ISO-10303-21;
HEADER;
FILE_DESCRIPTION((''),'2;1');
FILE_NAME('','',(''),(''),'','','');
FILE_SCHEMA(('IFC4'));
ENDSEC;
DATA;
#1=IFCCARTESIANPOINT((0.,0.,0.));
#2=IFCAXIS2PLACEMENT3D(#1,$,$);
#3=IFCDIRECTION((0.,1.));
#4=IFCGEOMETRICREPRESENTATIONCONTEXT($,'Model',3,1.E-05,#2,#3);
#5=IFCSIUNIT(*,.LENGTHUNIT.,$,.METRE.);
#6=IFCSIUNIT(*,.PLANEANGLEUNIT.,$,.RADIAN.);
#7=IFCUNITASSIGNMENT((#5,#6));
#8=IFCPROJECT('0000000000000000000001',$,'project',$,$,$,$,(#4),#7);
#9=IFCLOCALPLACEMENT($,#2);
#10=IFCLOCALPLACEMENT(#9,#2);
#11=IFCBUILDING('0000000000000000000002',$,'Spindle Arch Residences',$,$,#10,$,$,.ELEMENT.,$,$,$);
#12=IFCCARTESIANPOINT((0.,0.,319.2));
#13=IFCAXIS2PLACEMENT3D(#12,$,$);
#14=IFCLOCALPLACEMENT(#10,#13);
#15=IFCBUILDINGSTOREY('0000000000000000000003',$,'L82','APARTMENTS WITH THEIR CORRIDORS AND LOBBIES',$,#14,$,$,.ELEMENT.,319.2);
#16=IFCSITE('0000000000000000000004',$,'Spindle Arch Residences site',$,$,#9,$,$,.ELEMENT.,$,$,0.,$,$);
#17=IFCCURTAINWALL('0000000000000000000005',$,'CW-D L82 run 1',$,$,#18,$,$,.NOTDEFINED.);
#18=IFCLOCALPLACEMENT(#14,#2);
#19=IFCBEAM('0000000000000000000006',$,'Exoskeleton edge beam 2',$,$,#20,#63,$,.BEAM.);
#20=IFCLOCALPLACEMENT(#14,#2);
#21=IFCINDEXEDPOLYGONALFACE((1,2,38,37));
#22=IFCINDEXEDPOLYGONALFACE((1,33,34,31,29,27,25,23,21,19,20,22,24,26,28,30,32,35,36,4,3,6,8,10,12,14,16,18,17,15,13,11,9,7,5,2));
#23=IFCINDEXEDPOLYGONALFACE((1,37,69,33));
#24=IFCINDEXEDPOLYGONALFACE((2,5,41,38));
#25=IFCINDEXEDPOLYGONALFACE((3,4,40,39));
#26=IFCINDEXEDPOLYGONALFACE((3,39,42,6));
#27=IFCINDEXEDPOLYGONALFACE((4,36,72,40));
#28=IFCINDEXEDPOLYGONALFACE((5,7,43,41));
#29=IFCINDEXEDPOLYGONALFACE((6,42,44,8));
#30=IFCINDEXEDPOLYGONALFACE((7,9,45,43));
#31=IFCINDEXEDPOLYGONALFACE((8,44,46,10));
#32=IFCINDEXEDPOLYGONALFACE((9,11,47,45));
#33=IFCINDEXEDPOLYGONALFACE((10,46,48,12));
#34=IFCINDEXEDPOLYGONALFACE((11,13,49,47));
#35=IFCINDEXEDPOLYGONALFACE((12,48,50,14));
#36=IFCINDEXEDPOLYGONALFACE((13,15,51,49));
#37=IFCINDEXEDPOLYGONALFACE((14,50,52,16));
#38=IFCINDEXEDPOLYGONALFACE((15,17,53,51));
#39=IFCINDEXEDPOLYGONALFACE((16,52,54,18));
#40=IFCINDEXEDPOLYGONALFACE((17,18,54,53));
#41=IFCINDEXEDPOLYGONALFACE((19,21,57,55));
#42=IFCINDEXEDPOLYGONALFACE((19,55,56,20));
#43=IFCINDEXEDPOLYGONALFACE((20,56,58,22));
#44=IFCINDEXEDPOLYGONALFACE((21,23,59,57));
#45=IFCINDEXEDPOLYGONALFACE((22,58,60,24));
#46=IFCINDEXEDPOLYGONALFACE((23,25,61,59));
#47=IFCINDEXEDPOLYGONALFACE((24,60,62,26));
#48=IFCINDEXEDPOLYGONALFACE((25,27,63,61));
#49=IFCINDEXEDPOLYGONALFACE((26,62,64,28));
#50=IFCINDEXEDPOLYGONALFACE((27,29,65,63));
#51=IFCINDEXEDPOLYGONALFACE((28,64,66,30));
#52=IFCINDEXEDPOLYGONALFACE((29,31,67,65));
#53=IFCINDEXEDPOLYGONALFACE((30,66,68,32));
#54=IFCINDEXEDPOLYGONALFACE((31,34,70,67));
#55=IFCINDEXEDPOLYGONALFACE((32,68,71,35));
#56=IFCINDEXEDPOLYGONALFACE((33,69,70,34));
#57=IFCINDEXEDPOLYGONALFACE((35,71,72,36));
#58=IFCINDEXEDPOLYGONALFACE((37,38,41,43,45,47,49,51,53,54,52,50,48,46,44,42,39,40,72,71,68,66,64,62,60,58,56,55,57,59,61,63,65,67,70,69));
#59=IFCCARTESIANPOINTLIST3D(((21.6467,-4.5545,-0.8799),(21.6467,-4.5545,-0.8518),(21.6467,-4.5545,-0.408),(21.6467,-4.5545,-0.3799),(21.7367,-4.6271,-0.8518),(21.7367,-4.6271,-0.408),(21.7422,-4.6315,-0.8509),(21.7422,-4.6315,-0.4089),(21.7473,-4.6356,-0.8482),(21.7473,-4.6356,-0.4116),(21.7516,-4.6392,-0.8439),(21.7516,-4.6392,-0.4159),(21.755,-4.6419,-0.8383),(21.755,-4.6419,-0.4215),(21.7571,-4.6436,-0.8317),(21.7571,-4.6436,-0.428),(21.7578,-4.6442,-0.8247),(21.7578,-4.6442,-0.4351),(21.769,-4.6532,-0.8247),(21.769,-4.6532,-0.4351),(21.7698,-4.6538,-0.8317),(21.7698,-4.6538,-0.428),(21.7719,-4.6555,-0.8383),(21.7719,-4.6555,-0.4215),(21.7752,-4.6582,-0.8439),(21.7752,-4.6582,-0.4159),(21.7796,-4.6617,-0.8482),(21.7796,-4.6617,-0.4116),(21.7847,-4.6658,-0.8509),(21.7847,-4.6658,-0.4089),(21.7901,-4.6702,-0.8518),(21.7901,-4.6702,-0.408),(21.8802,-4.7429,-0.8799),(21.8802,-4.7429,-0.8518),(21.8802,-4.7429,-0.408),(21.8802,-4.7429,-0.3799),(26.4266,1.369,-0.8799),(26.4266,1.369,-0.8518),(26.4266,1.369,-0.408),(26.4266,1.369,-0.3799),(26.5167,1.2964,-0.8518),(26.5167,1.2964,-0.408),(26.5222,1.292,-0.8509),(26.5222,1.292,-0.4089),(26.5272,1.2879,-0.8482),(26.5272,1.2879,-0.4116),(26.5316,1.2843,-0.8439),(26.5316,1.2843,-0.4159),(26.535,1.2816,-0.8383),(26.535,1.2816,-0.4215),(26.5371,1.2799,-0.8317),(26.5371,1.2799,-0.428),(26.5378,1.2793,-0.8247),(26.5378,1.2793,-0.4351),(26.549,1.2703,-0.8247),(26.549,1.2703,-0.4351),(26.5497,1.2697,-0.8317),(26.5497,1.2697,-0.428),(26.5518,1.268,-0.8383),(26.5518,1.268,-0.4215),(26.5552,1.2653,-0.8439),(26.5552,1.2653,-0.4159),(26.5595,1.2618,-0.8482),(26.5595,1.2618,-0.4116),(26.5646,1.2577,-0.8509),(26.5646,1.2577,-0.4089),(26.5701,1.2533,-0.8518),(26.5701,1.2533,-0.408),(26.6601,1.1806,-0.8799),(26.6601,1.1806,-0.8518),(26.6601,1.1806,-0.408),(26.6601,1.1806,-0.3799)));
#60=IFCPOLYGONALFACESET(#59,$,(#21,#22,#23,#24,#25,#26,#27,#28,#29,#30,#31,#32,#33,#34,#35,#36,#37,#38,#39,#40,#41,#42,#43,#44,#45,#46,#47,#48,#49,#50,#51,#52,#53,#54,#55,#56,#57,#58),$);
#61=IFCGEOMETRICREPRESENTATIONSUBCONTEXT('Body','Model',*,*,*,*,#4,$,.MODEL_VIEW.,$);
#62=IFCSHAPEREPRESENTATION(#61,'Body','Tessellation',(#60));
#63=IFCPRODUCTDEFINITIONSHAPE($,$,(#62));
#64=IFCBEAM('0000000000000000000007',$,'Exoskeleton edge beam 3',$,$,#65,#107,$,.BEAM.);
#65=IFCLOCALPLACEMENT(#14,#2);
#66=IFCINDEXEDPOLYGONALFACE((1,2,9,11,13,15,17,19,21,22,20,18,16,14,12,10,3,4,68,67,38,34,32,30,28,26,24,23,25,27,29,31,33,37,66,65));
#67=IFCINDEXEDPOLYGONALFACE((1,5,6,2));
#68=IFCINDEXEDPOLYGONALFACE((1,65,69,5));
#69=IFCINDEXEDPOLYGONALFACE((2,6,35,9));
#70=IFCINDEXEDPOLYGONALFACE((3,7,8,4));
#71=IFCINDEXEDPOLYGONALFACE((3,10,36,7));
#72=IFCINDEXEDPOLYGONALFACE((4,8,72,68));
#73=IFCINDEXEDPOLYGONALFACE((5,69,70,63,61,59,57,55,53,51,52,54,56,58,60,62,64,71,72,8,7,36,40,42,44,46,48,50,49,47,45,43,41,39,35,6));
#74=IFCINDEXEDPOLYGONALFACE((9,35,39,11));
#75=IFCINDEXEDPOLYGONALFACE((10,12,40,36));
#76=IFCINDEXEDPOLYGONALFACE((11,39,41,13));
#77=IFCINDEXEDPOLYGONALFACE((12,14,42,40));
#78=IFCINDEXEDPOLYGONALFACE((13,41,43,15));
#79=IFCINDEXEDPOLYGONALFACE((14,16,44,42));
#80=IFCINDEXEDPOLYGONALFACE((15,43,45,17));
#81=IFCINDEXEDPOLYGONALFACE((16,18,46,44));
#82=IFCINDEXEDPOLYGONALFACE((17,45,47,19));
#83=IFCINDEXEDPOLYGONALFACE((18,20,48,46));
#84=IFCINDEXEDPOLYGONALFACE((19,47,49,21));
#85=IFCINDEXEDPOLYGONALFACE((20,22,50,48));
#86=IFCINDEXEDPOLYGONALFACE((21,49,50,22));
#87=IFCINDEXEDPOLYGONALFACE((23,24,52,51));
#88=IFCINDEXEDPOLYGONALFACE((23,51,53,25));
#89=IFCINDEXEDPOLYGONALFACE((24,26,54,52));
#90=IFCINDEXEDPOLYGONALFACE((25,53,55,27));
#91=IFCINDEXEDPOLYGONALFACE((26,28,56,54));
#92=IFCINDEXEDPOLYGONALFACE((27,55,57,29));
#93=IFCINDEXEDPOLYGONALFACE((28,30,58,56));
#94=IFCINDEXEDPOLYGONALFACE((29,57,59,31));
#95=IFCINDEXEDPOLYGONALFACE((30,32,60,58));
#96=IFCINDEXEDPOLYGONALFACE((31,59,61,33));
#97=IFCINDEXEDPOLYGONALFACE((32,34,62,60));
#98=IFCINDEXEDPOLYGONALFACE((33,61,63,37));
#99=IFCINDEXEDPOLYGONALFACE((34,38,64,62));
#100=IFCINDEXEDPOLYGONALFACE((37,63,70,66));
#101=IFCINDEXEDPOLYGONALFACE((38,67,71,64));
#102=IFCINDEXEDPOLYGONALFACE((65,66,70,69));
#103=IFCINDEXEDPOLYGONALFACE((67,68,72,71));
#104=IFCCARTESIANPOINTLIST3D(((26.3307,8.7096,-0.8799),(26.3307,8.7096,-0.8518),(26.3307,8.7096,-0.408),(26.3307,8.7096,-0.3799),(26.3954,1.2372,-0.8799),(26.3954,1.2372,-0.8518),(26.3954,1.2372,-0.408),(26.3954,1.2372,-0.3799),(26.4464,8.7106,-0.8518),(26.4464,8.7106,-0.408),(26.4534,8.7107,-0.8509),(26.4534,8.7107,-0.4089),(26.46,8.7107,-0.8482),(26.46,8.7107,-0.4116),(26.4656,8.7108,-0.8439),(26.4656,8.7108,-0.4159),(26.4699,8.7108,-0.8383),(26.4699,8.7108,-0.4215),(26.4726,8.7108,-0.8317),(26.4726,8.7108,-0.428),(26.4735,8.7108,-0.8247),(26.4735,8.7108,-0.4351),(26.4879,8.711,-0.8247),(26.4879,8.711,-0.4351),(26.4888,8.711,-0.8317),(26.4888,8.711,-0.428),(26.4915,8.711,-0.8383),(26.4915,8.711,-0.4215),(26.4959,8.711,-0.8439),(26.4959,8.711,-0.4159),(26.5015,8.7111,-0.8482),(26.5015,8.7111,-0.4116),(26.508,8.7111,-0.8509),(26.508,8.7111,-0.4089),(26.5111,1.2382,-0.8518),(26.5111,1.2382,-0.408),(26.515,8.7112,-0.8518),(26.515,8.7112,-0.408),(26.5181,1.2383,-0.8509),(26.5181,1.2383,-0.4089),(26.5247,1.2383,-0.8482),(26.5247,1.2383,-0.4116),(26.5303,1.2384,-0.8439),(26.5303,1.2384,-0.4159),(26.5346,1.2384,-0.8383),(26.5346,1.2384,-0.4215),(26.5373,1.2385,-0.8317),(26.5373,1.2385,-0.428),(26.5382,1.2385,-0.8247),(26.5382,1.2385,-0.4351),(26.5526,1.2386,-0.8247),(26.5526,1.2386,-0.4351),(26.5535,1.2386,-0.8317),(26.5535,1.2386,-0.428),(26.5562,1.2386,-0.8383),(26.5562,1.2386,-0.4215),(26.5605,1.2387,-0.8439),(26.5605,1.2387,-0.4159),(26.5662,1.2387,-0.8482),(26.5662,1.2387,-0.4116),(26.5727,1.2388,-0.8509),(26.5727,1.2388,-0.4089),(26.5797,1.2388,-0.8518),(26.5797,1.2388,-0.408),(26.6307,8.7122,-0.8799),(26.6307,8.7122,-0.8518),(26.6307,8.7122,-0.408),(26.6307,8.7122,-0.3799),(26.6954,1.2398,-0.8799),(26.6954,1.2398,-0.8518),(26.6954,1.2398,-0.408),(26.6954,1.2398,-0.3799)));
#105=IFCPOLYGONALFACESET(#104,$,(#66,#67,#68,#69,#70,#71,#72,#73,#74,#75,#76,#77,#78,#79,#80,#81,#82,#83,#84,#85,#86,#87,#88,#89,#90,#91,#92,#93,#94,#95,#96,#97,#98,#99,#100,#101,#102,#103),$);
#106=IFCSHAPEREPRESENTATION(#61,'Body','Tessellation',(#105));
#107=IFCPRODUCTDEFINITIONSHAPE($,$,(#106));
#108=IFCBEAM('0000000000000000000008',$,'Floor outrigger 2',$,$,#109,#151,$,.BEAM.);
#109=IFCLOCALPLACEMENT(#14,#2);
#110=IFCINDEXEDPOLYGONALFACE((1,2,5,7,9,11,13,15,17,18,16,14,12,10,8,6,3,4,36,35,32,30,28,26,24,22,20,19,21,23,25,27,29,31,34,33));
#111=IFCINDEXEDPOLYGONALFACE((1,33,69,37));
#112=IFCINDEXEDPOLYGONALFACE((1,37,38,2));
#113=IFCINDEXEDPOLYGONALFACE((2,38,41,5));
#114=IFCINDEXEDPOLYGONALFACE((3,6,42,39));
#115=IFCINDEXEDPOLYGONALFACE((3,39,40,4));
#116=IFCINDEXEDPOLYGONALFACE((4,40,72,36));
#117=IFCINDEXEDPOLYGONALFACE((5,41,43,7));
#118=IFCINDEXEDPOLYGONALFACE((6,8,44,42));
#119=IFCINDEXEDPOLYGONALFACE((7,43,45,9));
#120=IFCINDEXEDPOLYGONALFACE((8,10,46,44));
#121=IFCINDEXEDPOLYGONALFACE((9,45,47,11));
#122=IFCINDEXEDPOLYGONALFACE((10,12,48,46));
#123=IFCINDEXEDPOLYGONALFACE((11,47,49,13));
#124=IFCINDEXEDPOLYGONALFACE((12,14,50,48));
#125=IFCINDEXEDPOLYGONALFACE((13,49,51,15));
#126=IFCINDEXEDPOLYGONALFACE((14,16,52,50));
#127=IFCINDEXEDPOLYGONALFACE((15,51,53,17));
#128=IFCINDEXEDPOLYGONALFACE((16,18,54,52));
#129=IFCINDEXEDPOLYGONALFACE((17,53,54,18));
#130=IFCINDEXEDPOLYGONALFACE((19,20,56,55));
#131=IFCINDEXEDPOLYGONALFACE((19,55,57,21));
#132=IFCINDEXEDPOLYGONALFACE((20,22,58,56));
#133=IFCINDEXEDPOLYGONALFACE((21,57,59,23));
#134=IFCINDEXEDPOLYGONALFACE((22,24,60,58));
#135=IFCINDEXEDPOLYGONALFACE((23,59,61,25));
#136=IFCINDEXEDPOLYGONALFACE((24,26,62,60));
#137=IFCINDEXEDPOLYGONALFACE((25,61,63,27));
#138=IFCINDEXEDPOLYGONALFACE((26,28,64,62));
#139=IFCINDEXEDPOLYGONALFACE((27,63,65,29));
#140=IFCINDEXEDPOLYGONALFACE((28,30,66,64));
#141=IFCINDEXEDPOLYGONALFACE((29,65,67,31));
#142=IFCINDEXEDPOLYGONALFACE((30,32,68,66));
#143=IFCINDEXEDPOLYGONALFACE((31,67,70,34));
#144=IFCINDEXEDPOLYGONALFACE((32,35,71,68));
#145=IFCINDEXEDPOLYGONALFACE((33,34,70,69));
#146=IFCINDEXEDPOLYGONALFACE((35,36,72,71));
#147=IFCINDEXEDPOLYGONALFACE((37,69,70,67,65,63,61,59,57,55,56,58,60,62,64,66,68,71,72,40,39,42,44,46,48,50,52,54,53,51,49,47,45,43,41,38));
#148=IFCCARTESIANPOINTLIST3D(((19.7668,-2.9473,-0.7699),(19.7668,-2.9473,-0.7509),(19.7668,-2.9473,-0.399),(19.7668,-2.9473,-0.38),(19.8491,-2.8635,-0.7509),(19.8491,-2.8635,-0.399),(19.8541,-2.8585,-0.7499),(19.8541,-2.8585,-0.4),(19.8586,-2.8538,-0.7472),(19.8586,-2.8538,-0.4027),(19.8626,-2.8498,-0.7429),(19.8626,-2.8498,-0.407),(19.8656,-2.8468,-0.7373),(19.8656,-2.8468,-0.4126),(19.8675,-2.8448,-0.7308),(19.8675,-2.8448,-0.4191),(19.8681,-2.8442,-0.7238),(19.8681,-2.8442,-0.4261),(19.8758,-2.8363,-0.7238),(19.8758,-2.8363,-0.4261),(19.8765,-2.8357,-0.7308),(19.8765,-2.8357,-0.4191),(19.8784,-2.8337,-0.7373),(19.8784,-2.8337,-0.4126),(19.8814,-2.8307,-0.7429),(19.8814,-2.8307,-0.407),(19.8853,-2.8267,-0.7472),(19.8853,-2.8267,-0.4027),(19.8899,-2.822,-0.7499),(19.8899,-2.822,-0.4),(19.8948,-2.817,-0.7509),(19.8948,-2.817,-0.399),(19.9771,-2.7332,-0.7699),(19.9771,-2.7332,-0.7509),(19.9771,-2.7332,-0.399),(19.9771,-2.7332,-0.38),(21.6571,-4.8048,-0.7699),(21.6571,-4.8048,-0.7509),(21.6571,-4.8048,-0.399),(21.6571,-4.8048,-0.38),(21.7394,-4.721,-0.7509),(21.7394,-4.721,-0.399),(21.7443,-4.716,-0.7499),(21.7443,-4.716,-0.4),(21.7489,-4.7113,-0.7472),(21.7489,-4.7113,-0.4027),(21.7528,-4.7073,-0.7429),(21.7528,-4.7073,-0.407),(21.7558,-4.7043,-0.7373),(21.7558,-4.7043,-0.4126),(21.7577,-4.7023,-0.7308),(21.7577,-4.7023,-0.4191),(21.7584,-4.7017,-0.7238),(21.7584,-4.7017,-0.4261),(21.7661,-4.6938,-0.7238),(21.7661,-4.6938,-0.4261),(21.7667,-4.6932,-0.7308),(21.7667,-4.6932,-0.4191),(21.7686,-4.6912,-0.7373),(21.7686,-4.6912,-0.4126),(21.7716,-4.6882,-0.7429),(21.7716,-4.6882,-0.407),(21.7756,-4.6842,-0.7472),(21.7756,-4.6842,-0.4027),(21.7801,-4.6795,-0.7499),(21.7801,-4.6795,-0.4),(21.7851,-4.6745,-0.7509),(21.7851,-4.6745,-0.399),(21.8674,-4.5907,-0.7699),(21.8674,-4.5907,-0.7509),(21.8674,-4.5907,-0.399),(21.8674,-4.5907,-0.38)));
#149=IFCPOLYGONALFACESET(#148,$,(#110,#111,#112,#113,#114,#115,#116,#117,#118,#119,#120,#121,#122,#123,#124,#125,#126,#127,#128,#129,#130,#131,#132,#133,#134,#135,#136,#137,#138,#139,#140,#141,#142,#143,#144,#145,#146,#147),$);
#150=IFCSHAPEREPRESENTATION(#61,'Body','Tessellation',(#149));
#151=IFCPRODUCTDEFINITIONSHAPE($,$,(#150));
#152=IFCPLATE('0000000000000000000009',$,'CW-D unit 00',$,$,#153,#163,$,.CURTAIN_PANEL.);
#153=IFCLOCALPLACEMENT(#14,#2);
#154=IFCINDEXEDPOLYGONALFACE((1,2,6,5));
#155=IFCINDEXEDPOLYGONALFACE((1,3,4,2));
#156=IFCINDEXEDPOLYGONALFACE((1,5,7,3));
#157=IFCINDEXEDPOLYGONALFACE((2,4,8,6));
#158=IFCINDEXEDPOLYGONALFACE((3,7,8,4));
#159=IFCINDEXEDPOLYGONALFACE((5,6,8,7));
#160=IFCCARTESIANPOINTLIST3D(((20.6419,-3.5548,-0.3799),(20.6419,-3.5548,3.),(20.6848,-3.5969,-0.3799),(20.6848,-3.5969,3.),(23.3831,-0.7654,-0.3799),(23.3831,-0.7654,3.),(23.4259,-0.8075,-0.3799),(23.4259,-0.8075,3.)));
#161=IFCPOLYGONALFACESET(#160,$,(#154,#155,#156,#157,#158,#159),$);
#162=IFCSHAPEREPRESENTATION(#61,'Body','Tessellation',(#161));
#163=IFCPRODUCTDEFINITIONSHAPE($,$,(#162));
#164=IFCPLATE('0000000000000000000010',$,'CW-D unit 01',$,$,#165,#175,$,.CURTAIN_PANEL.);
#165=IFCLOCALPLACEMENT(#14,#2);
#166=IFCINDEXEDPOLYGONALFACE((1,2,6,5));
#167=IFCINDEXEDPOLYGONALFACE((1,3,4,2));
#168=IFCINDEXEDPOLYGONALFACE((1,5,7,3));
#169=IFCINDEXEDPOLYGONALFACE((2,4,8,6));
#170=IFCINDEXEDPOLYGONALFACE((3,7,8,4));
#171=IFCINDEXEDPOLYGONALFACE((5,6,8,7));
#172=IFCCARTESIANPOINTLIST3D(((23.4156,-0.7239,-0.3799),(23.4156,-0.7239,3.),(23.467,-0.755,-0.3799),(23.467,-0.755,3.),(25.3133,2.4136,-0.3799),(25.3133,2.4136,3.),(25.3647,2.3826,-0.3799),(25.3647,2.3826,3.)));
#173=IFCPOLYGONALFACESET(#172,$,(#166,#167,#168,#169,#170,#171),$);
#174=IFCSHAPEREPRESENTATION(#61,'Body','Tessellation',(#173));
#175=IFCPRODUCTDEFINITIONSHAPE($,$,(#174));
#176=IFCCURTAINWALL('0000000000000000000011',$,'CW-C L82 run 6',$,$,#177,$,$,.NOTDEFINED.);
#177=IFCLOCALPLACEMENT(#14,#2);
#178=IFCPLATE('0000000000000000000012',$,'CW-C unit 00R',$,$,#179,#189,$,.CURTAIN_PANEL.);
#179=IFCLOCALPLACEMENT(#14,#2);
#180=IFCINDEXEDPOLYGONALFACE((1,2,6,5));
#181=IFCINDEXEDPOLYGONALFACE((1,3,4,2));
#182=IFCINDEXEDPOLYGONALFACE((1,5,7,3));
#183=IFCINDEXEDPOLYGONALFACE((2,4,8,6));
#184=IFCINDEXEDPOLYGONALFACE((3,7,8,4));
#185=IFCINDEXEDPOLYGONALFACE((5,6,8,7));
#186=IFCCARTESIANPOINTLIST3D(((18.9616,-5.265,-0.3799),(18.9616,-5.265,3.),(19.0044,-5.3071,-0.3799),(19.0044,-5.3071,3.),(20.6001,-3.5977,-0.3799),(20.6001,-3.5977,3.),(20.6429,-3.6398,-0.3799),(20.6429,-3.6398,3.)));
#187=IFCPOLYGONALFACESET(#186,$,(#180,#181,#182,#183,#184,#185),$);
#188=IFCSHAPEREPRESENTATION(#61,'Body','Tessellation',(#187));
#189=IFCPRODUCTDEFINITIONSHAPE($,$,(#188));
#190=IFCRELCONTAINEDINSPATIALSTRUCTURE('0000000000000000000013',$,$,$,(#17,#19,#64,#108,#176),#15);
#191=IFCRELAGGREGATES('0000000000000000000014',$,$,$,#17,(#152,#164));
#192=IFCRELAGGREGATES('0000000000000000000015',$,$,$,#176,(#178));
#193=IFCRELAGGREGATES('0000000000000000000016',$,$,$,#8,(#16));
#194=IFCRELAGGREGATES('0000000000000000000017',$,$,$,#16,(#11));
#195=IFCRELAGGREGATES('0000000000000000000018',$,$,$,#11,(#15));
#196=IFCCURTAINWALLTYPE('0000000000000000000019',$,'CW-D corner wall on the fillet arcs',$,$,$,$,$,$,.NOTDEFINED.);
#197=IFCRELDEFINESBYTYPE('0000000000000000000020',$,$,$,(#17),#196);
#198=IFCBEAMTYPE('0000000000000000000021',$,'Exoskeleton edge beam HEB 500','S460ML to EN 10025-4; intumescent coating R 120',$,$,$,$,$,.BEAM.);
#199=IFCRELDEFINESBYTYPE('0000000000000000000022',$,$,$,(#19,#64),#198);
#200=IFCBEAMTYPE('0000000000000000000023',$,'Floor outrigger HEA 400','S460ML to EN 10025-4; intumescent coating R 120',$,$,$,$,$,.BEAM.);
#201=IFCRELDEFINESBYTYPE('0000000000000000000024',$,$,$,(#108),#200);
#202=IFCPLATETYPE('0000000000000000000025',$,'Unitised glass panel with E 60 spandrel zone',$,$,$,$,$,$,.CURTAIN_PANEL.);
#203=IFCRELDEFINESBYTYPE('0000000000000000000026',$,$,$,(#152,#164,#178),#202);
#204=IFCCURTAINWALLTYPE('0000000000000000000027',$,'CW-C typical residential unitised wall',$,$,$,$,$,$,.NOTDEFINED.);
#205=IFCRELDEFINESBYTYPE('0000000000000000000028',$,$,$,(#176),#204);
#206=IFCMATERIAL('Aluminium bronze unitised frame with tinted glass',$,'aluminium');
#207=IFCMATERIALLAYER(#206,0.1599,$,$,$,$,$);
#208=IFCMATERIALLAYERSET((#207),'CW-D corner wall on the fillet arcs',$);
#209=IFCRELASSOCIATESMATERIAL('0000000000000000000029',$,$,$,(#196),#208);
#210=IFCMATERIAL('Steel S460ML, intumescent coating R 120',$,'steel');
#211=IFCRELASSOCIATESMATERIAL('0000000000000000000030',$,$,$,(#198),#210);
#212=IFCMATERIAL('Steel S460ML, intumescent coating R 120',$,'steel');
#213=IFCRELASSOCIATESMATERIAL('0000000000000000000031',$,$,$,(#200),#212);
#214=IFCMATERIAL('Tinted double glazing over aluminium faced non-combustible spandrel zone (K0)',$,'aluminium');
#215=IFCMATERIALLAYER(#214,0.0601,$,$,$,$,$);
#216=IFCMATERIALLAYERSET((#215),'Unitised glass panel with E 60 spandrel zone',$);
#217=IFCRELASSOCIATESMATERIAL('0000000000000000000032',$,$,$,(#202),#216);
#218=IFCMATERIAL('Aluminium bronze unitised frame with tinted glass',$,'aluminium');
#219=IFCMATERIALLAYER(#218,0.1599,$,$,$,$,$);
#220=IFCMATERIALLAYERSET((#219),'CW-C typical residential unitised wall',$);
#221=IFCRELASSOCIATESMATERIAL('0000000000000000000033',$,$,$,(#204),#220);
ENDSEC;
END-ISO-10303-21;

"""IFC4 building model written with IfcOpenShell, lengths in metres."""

from ifc_helpers import new_model, si_unit, direction, frame, origin, origin_2d, place, context, subcontext, project, spatial, rectangle, i_section, extrude, material, layer, layer_set, material_profile, profile_set, type_object, element, aggregate, save


model = new_model("IFC4")

# Units and contexts
model_context = context("Model", 3, precision=1e-05, world=origin(), true_north=direction((0.0, 1.0)))
body_context = subcontext(model_context, "Body", "Model", "MODEL_VIEW")
ifc_project = project(units=[si_unit("LENGTHUNIT", "METRE"), si_unit("PLANEANGLEUNIT", "RADIAN")], contexts=[model_context])

# Site, building, storey
site_placement = place(None, origin())
site = spatial("IfcSite", under=ifc_project, at=site_placement, Name="Spindle Arch Residences site", CompositionType="ELEMENT", RefElevation=0.0)
building_placement = place(site_placement, origin())
building = spatial("IfcBuilding", under=site, at=building_placement, Name="Spindle Arch Residences", CompositionType="ELEMENT")
storey_placement = place(building_placement, frame((0.0, 0.0, 319.2)))
storey = spatial("IfcBuildingStorey", under=building, at=storey_placement, Name="L82", Description="APARTMENTS WITH THEIR CORRIDORS AND LOBBIES", CompositionType="ELEMENT", Elevation=319.2)

# Curtain wall
ifc_material_1 = material(Name="Aluminium bronze unitised frame with tinted glass", Category="aluminium")
ifc_layer_1 = layer(ifc_material_1, 0.1599)
ifc_layer_set_1 = layer_set([ifc_layer_1], Name="CW-D corner wall on the fillet arcs")
curtain_wall_type_1 = type_object("IfcCurtainWallType", Name="CW-D corner wall on the fillet arcs", PredefinedType="NOTDEFINED", material=ifc_layer_set_1)
curtain_wall_1_placement = place(storey_placement, origin())
curtain_wall_1 = element("IfcCurtainWall", 1, at=curtain_wall_1_placement, inside=storey, type_object=curtain_wall_type_1, Name="CW-D L82 run 1", PredefinedType="NOTDEFINED")

# Beams
ifc_material_2 = material(Name="Steel S460ML, intumescent coating R 120", Category="steel")
ifc_material_profile_1 = material_profile(ifc_material_2, i_section(OverallWidth=0.3, OverallDepth=0.5, WebThickness=0.0144, FlangeThickness=0.0281, FilletRadius=0.0271, at=origin_2d()), Name="HEB 500")
ifc_profile_set_1 = profile_set([ifc_material_profile_1], Name="Steel S460ML, intumescent coating R 120")
beam_type_1 = type_object("IfcBeamType", Name="Exoskeleton edge beam HEB 500", Description="S460ML to EN 10025-4; intumescent coating R 120", PredefinedType="BEAM", material=ifc_profile_set_1)
beam_1_placement = place(storey_placement, frame((21.7634, -4.6487, -0.6299), z_axis=(0.627987, 0.778224, 0.0), x_axis=(-0.778224, 0.627987, 0.0)))
element("IfcBeam", 2, at=beam_1_placement, inside=storey, type_object=beam_type_1, Name="Exoskeleton edge beam 2", PredefinedType="BEAM", context=body_context, shape_type="SweptSolid", body=[
    extrude(i_section(OverallWidth=0.3, OverallDepth=0.5, WebThickness=0.0144, FlangeThickness=0.0281, FilletRadius=0.0271, at=origin_2d()), origin(), (0.0, 0.0, 1.0), 7.6116),
])
beam_2_placement = place(storey_placement, frame((26.5454, 1.2385, -0.6299), z_axis=(-0.008658, 0.999963, 0.0), x_axis=(-0.999963, -0.008658, 0.0)))
element("IfcBeam", 3, at=beam_2_placement, inside=storey, type_object=beam_type_1, Name="Exoskeleton edge beam 3", PredefinedType="BEAM", context=body_context, shape_type="SweptSolid", body=[
    extrude(i_section(OverallWidth=0.3, OverallDepth=0.5, WebThickness=0.0144, FlangeThickness=0.0281, FilletRadius=0.0271, at=origin_2d()), origin(), (0.0, 0.0, 1.0), 7.4727),
])
ifc_material_3 = material(Name="Steel S460ML, intumescent coating R 120", Category="steel")
ifc_material_profile_2 = material_profile(ifc_material_3, i_section(OverallWidth=0.3, OverallDepth=0.3899, WebThickness=0.011, FlangeThickness=0.019, FilletRadius=0.0271, at=origin_2d()), Name="HEA 400")
ifc_profile_set_2 = profile_set([ifc_material_profile_2], Name="Steel S460ML, intumescent coating R 120")
beam_type_2 = type_object("IfcBeamType", Name="Floor outrigger HEA 400", Description="S460ML to EN 10025-4; intumescent coating R 120", PredefinedType="BEAM", material=ifc_profile_set_2)
beam_3_placement = place(storey_placement, frame((21.7622, -4.6978, -0.575), z_axis=(-0.713252, 0.700907, 0.0), x_axis=(-0.700907, -0.713252, 0.0)))
element("IfcBeam", 4, at=beam_3_placement, inside=storey, type_object=beam_type_2, Name="Floor outrigger 2", PredefinedType="BEAM", context=body_context, shape_type="SweptSolid", body=[
    extrude(i_section(OverallWidth=0.3, OverallDepth=0.3899, WebThickness=0.011, FlangeThickness=0.019, FilletRadius=0.0271, at=origin_2d()), origin(), (0.0, 0.0, 1.0), 2.6501),
])

# Plates
ifc_material_4 = material(Name="Tinted double glazing over aluminium faced non-combustible spandrel zone (K0)", Category="aluminium")
ifc_layer_2 = layer(ifc_material_4, 0.0601)
ifc_layer_set_2 = layer_set([ifc_layer_2], Name="Unitised glass panel with E 60 spandrel zone")
plate_type = type_object("IfcPlateType", Name="Unitised glass panel with E 60 spandrel zone", PredefinedType="CURTAIN_PANEL", material=ifc_layer_set_2)
plate_1_placement = place(storey_placement, frame((22.0339, -2.1812, -0.3799), z_axis=(0.0, 0.0, 1.0), x_axis=(0.700909, 0.71325, 0.0)))
plate_1 = element("IfcPlate", 5, at=plate_1_placement, type_object=plate_type, Name="CW-D unit 00", PredefinedType="CURTAIN_PANEL", context=body_context, shape_type="SweptSolid", body=[
    extrude(rectangle(XDim=3.9109, YDim=0.0601, at=origin_2d()), origin(), (0.0, 0.0, 1.0), 3.3799),
])
plate_2_placement = place(storey_placement, frame((24.3901, 0.8293, -0.3799), z_axis=(0.0, 0.0, 1.0), x_axis=(0.517529, 0.855665, 0.0)))
plate_2 = element("IfcPlate", 6, at=plate_2_placement, type_object=plate_type, Name="CW-D unit 01", PredefinedType="CURTAIN_PANEL", context=body_context, shape_type="SweptSolid", body=[
    extrude(rectangle(XDim=3.6667, YDim=0.0601, at=origin_2d()), origin(), (0.0, 0.0, 1.0), 3.3799),
])
aggregate(curtain_wall_1, [plate_1, plate_2])

# Curtain wall, plate
ifc_material_5 = material(Name="Aluminium bronze unitised frame with tinted glass", Category="aluminium")
ifc_layer_3 = layer(ifc_material_5, 0.1599)
ifc_layer_set_3 = layer_set([ifc_layer_3], Name="CW-C typical residential unitised wall")
curtain_wall_type_2 = type_object("IfcCurtainWallType", Name="CW-C typical residential unitised wall", PredefinedType="NOTDEFINED", material=ifc_layer_set_3)
curtain_wall_2_placement = place(storey_placement, origin())
curtain_wall_2 = element("IfcCurtainWall", 7, at=curtain_wall_2_placement, inside=storey, type_object=curtain_wall_type_2, Name="CW-C L82 run 6", PredefinedType="NOTDEFINED")
plate_3_placement = place(storey_placement, frame((19.8022, -4.4524, -0.3799), z_axis=(0.0, 0.0, 1.0), x_axis=(0.700909, 0.71325, 0.0)))
plate_3 = element("IfcPlate", 8, at=plate_3_placement, type_object=plate_type, Name="CW-C unit 00R", PredefinedType="CURTAIN_PANEL", context=body_context, shape_type="SweptSolid", body=[
    extrude(rectangle(XDim=2.3376, YDim=0.0601, at=origin_2d()), origin(), (0.0, 0.0, 1.0), 3.3799),
])
aggregate(curtain_wall_2, [plate_3])

save(model, "model.ifc")
